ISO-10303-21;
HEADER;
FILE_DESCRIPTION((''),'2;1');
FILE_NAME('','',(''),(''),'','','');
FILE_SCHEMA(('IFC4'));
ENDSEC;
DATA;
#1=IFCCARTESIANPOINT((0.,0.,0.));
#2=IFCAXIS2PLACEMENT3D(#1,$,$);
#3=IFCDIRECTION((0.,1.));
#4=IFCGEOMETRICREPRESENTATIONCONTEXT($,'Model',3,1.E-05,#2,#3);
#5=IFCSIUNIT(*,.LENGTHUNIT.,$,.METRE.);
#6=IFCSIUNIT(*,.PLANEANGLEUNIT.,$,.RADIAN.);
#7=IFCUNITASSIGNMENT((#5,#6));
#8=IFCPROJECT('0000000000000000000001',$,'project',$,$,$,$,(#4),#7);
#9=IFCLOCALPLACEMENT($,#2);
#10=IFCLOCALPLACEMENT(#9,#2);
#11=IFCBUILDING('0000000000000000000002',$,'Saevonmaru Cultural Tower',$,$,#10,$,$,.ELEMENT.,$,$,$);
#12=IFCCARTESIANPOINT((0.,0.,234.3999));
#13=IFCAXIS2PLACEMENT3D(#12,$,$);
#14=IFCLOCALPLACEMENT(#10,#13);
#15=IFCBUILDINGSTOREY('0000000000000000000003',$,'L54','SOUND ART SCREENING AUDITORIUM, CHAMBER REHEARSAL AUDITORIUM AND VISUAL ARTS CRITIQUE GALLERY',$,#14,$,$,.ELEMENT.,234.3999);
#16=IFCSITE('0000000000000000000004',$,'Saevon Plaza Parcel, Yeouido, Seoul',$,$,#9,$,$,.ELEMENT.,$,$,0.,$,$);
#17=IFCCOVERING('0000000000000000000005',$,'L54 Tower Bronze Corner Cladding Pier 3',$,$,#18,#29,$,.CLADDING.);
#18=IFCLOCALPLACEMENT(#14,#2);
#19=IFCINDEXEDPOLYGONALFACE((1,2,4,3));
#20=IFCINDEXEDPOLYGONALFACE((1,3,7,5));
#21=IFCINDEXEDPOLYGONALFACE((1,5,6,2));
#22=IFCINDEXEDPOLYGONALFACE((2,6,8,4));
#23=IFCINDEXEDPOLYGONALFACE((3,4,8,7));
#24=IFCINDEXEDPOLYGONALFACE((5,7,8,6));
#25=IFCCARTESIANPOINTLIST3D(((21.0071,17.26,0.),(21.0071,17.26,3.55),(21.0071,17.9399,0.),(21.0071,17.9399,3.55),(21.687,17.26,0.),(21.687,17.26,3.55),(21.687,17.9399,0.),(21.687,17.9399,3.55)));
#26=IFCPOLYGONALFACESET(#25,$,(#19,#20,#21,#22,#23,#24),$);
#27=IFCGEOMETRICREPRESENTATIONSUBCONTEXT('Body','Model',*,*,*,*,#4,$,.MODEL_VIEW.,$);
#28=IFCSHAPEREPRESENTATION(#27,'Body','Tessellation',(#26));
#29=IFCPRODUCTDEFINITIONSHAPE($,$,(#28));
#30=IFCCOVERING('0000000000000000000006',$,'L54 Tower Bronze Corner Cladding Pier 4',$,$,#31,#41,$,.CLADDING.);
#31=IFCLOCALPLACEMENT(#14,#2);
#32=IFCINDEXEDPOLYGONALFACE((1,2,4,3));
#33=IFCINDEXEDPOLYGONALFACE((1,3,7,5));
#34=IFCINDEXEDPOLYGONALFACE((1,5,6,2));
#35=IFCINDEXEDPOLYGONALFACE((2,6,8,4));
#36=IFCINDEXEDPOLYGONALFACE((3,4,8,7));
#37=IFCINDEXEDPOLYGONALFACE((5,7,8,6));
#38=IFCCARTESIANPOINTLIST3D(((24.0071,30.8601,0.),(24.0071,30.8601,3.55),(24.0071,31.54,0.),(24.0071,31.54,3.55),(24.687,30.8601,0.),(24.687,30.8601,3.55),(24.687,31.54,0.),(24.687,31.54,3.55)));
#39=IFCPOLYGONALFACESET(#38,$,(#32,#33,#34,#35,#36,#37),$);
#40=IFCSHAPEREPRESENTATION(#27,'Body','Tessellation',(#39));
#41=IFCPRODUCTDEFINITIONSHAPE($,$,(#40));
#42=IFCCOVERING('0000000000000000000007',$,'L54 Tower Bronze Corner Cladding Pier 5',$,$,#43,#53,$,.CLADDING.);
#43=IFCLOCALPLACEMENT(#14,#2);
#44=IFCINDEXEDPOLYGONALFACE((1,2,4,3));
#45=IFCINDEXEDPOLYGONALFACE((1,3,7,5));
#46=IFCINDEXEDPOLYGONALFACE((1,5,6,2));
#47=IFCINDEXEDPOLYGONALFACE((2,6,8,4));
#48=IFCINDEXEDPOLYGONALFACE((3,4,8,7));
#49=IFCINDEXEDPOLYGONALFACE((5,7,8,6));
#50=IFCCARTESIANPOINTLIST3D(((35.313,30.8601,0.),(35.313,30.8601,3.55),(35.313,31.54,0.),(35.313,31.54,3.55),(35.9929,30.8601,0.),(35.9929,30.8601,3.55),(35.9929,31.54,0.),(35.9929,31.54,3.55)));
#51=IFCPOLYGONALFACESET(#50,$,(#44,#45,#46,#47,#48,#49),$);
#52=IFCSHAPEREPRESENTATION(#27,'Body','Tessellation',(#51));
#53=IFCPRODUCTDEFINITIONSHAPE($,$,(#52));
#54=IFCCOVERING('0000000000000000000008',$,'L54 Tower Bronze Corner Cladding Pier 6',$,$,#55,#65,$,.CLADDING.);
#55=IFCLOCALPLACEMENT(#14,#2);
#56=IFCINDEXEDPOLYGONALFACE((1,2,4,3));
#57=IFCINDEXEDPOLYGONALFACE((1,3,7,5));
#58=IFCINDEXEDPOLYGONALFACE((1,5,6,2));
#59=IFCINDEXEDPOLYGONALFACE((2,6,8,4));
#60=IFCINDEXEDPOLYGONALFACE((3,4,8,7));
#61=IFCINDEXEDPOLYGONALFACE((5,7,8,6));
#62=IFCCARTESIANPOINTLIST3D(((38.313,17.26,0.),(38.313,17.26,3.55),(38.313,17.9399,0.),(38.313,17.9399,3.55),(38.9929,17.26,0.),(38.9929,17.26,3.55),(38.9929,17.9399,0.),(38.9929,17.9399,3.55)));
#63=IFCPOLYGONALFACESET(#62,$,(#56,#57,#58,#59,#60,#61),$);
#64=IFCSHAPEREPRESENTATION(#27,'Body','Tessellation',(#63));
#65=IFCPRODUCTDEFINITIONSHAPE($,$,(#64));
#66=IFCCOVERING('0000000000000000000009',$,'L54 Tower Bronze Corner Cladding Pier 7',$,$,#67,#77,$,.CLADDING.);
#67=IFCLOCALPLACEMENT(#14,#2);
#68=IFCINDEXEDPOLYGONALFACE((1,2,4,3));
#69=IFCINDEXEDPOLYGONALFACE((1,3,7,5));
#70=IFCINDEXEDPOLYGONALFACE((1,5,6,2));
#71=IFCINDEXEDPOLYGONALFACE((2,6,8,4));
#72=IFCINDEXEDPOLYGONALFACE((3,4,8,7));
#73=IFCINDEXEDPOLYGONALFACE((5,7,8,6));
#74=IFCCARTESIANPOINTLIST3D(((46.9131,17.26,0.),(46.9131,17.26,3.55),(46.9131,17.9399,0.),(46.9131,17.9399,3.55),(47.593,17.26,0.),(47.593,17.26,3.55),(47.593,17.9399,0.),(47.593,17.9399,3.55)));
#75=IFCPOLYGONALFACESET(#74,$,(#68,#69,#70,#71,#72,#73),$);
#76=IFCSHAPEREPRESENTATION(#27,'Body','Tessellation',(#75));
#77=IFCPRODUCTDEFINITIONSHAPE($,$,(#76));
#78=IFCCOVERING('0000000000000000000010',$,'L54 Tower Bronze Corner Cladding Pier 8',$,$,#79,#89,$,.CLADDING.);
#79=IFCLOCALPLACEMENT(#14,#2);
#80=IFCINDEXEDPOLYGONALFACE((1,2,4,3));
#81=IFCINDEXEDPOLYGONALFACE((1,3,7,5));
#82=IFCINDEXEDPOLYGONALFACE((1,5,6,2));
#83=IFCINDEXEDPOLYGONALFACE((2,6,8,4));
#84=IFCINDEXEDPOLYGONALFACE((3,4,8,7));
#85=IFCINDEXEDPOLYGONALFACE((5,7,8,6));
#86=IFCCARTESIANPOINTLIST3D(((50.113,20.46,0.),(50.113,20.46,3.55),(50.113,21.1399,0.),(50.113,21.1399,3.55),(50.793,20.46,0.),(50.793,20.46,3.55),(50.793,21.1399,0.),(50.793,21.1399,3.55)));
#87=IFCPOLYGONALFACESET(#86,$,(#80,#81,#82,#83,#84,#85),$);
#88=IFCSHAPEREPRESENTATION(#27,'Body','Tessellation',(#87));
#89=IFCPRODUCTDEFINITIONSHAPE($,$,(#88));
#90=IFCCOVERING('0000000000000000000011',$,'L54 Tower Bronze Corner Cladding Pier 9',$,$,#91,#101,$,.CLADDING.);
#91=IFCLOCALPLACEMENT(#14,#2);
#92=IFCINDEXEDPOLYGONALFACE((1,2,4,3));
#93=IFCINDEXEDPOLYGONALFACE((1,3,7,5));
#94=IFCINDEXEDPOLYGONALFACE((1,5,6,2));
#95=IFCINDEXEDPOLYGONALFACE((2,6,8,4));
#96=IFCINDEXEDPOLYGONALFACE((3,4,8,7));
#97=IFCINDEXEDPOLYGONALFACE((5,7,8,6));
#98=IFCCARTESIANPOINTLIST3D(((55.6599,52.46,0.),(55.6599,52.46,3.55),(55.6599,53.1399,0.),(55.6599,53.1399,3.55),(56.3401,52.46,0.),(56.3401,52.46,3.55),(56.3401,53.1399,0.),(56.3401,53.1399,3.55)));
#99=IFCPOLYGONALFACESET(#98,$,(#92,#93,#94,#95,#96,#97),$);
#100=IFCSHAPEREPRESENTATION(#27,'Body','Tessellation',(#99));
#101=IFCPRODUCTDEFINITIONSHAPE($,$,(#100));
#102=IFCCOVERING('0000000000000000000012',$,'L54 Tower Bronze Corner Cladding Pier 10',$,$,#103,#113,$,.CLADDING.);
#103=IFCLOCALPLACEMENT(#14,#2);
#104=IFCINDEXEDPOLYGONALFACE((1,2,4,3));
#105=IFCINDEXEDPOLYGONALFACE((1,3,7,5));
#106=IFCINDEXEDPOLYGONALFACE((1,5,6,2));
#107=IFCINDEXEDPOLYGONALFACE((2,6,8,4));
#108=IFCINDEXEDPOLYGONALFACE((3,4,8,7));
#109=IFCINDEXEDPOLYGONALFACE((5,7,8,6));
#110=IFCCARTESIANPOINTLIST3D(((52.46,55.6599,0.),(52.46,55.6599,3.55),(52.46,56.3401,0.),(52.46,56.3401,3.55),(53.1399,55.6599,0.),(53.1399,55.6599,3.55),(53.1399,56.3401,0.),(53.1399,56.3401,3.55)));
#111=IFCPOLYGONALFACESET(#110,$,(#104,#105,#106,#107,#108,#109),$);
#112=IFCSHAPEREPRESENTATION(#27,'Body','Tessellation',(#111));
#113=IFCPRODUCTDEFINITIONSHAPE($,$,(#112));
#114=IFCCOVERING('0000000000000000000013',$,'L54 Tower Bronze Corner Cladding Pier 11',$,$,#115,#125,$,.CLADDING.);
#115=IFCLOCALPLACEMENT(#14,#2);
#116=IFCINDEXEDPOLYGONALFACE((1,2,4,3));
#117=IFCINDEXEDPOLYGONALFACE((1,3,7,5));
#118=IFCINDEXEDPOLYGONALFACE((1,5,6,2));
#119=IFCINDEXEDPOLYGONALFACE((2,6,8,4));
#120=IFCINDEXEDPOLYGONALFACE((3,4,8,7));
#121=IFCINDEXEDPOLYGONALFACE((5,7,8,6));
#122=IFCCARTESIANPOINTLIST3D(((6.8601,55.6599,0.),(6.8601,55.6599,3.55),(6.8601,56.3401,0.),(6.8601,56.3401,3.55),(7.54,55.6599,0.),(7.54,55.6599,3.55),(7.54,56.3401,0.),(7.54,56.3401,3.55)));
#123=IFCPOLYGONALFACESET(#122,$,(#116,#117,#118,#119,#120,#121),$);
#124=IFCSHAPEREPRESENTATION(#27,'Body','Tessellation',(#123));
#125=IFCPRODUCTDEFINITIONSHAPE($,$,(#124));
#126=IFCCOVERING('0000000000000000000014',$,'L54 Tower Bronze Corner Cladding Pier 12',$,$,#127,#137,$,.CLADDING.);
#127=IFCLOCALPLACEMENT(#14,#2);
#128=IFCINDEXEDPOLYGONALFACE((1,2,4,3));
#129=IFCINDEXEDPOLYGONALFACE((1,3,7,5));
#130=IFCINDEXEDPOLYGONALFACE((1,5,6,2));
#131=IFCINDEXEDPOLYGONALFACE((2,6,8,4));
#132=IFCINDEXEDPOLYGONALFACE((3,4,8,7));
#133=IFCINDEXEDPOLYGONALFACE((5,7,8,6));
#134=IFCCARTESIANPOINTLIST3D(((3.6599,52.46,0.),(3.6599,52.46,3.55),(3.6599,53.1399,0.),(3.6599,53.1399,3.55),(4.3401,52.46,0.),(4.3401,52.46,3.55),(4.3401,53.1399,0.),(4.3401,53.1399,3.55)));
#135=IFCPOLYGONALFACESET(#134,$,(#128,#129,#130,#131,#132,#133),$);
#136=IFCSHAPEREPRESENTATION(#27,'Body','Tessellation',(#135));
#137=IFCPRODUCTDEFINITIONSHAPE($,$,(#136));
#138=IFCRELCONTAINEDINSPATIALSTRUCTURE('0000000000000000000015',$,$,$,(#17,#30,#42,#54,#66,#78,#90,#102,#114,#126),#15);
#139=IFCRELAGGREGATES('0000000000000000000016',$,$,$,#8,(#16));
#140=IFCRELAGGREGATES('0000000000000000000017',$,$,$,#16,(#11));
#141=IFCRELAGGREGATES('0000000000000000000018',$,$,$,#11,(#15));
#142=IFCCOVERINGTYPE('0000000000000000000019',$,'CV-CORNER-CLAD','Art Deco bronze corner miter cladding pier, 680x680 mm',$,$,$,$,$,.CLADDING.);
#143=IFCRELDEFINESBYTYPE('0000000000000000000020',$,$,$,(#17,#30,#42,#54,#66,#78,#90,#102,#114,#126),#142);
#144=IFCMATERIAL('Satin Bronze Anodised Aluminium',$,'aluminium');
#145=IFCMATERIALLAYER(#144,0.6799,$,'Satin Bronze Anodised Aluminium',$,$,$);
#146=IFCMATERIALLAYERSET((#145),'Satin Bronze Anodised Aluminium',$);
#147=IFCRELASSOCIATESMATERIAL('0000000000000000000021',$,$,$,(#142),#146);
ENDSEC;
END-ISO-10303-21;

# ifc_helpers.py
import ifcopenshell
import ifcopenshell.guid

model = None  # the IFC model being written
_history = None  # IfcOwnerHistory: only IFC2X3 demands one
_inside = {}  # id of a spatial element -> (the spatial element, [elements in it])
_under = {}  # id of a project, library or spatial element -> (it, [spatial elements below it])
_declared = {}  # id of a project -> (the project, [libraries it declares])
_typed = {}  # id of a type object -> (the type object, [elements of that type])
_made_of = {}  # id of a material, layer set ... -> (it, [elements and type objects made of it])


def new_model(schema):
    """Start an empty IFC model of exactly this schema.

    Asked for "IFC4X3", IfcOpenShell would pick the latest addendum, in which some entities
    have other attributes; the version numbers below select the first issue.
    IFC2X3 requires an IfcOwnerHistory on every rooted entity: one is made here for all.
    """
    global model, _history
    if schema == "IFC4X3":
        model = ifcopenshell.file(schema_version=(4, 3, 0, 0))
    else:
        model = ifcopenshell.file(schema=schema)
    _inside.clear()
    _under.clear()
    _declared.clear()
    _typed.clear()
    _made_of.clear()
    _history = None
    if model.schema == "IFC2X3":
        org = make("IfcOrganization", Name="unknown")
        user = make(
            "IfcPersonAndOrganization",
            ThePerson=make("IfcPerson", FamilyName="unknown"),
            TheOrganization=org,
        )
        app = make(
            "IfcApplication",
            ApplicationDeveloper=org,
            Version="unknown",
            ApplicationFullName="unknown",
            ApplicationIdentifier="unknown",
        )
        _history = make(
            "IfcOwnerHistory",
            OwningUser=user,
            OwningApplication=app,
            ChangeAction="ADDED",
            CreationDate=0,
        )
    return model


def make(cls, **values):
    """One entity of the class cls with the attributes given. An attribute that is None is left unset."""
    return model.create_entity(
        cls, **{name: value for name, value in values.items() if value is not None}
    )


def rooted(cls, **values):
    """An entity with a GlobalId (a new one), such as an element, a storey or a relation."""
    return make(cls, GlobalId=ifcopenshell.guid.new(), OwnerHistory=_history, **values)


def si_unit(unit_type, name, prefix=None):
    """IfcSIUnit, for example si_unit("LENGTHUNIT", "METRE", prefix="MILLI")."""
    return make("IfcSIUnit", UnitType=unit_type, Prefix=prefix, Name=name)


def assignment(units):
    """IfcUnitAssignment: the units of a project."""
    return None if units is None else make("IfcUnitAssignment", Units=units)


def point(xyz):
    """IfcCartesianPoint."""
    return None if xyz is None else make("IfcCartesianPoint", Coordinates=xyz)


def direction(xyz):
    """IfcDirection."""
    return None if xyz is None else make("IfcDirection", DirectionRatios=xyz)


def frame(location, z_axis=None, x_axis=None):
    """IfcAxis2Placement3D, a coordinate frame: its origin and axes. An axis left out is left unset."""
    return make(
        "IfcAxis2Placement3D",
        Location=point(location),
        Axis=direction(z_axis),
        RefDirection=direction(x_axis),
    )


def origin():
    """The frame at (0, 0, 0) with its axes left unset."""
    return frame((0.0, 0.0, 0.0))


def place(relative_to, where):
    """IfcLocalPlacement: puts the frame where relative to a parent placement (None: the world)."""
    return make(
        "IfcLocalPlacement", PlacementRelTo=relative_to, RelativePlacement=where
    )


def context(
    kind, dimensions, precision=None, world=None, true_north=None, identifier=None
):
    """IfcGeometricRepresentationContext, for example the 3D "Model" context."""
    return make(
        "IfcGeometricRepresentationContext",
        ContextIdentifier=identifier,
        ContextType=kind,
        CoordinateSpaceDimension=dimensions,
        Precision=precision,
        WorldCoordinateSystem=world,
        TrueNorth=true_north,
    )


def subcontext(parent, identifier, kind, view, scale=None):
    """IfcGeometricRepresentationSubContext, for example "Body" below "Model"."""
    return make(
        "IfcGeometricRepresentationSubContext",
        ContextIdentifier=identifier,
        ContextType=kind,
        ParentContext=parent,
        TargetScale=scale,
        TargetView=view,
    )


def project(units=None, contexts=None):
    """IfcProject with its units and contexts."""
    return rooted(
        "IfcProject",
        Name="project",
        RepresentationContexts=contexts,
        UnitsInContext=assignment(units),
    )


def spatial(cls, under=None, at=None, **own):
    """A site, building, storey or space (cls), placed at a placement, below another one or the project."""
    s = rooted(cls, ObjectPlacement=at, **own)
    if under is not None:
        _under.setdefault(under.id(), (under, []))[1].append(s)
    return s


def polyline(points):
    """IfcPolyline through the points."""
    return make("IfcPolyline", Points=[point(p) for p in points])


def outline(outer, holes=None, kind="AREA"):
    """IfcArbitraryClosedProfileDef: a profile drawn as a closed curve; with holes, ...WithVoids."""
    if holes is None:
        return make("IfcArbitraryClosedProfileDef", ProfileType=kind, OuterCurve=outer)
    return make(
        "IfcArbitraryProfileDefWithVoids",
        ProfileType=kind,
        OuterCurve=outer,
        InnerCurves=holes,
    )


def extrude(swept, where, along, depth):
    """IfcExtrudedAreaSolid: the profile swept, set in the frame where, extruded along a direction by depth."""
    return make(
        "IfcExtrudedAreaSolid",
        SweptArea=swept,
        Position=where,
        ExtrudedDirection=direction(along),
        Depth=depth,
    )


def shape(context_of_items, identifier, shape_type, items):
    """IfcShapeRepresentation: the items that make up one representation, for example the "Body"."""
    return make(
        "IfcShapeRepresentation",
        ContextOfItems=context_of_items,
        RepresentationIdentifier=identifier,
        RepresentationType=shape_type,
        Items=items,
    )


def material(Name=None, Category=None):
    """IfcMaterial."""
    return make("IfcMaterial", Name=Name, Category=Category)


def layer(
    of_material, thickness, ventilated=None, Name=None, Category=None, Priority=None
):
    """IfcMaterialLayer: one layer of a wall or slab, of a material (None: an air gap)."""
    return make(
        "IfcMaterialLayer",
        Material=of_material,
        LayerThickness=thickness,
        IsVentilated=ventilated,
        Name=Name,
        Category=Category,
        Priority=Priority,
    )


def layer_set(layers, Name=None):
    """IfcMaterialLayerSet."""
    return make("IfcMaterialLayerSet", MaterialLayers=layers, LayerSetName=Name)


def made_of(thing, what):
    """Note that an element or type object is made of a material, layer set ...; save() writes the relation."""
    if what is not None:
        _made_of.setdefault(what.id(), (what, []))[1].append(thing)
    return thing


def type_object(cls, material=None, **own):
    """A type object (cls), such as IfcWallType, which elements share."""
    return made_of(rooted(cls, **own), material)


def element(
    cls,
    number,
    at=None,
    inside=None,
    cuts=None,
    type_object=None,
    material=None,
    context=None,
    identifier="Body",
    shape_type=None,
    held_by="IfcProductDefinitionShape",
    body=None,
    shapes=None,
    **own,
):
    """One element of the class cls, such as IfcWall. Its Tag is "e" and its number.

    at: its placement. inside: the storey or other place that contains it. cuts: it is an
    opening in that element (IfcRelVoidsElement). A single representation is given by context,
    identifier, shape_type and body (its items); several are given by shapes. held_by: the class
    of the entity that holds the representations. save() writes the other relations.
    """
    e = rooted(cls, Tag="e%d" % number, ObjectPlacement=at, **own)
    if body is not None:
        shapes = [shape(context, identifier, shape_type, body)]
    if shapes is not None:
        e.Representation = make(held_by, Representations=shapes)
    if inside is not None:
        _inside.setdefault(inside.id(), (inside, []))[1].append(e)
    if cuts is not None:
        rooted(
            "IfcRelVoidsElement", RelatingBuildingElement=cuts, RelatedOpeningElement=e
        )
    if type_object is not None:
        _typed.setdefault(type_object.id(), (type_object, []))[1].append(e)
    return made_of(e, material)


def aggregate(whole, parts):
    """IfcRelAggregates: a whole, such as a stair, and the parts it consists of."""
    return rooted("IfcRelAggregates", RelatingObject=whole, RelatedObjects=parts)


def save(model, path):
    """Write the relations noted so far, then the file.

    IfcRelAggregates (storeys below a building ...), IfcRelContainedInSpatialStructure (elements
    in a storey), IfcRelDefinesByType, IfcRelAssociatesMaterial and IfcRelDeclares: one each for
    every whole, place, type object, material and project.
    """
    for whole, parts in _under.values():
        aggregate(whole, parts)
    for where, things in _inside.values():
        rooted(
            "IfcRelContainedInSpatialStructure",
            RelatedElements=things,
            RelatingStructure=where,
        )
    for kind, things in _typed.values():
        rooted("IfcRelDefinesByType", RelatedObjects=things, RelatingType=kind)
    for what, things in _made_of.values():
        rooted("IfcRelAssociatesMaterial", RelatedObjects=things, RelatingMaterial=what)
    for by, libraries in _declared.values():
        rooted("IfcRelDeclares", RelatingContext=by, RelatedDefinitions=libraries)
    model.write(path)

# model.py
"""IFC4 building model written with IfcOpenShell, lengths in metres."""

from ifc_helpers import new_model, si_unit, direction, frame, origin, place, context, subcontext, project, spatial, polyline, outline, extrude, material, layer, layer_set, type_object, element, save


model = new_model("IFC4")

# Units and contexts
model_context = context("Model", 3, precision=1e-05, world=origin(), true_north=direction((0.0, 1.0)))
body_context = subcontext(model_context, "Body", "Model", "MODEL_VIEW")
ifc_project = project(units=[si_unit("LENGTHUNIT", "METRE"), si_unit("PLANEANGLEUNIT", "RADIAN")], contexts=[model_context])

# Site, building, storey
site_placement = place(None, origin())
site = spatial("IfcSite", under=ifc_project, at=site_placement, Name="Saevon Plaza Parcel, Yeouido, Seoul", CompositionType="ELEMENT", RefElevation=0.0)
building_placement = place(site_placement, origin())
building = spatial("IfcBuilding", under=site, at=building_placement, Name="Saevonmaru Cultural Tower", CompositionType="ELEMENT")
storey_placement = place(building_placement, frame((0.0, 0.0, 234.3999)))
storey = spatial("IfcBuildingStorey", under=building, at=storey_placement, Name="L54", Description="SOUND ART SCREENING AUDITORIUM, CHAMBER REHEARSAL AUDITORIUM AND VISUAL ARTS CRITIQUE GALLERY", CompositionType="ELEMENT", Elevation=234.3999)

# Shared definitions
ifc_material_1 = material(Name="Satin Bronze Anodised Aluminium", Category="aluminium")

# Coverings
ifc_layer_1 = layer(ifc_material_1, 0.6799, Name="Satin Bronze Anodised Aluminium")
ifc_layer_set_1 = layer_set([ifc_layer_1], Name="Satin Bronze Anodised Aluminium")
covering_type = type_object("IfcCoveringType", Name="CV-CORNER-CLAD", Description="Art Deco bronze corner miter cladding pier, 680x680 mm", PredefinedType="CLADDING", material=ifc_layer_set_1)
covering_1_placement = place(storey_placement, origin())
element("IfcCovering", 1, at=covering_1_placement, inside=storey, type_object=covering_type, Name="L54 Tower Bronze Corner Cladding Pier 3", PredefinedType="CLADDING", context=body_context, shape_type="SweptSolid", body=[
    extrude(outline(polyline([(21.0071, 17.26), (21.687, 17.26), (21.687, 17.9399), (21.0071, 17.9399), (21.0071, 17.26)])), origin(), (0.0, 0.0, 1.0), 3.55),
])
covering_2_placement = place(storey_placement, origin())
element("IfcCovering", 2, at=covering_2_placement, inside=storey, type_object=covering_type, Name="L54 Tower Bronze Corner Cladding Pier 4", PredefinedType="CLADDING", context=body_context, shape_type="SweptSolid", body=[
    extrude(outline(polyline([(24.0071, 30.8601), (24.687, 30.8601), (24.687, 31.54), (24.0071, 31.54), (24.0071, 30.8601)])), origin(), (0.0, 0.0, 1.0), 3.55),
])
covering_3_placement = place(storey_placement, origin())
element("IfcCovering", 3, at=covering_3_placement, inside=storey, type_object=covering_type, Name="L54 Tower Bronze Corner Cladding Pier 5", PredefinedType="CLADDING", context=body_context, shape_type="SweptSolid", body=[
    extrude(outline(polyline([(35.313, 30.8601), (35.9929, 30.8601), (35.9929, 31.54), (35.313, 31.54), (35.313, 30.8601)])), origin(), (0.0, 0.0, 1.0), 3.55),
])
covering_4_placement = place(storey_placement, origin())
element("IfcCovering", 4, at=covering_4_placement, inside=storey, type_object=covering_type, Name="L54 Tower Bronze Corner Cladding Pier 6", PredefinedType="CLADDING", context=body_context, shape_type="SweptSolid", body=[
    extrude(outline(polyline([(38.313, 17.26), (38.9929, 17.26), (38.9929, 17.9399), (38.313, 17.9399), (38.313, 17.26)])), origin(), (0.0, 0.0, 1.0), 3.55),
])
covering_5_placement = place(storey_placement, origin())
element("IfcCovering", 5, at=covering_5_placement, inside=storey, type_object=covering_type, Name="L54 Tower Bronze Corner Cladding Pier 7", PredefinedType="CLADDING", context=body_context, shape_type="SweptSolid", body=[
    extrude(outline(polyline([(46.9131, 17.26), (47.593, 17.26), (47.593, 17.9399), (46.9131, 17.9399), (46.9131, 17.26)])), origin(), (0.0, 0.0, 1.0), 3.55),
])
covering_6_placement = place(storey_placement, origin())
element("IfcCovering", 6, at=covering_6_placement, inside=storey, type_object=covering_type, Name="L54 Tower Bronze Corner Cladding Pier 8", PredefinedType="CLADDING", context=body_context, shape_type="SweptSolid", body=[
    extrude(outline(polyline([(50.113, 20.46), (50.793, 20.46), (50.793, 21.1399), (50.113, 21.1399), (50.113, 20.46)])), origin(), (0.0, 0.0, 1.0), 3.55),
])
covering_7_placement = place(storey_placement, origin())
element("IfcCovering", 7, at=covering_7_placement, inside=storey, type_object=covering_type, Name="L54 Tower Bronze Corner Cladding Pier 9", PredefinedType="CLADDING", context=body_context, shape_type="SweptSolid", body=[
    extrude(outline(polyline([(55.6599, 52.46), (56.3401, 52.46), (56.3401, 53.1399), (55.6599, 53.1399), (55.6599, 52.46)])), origin(), (0.0, 0.0, 1.0), 3.55),
])
covering_8_placement = place(storey_placement, origin())
element("IfcCovering", 8, at=covering_8_placement, inside=storey, type_object=covering_type, Name="L54 Tower Bronze Corner Cladding Pier 10", PredefinedType="CLADDING", context=body_context, shape_type="SweptSolid", body=[
    extrude(outline(polyline([(52.46, 55.6599), (53.1399, 55.6599), (53.1399, 56.3401), (52.46, 56.3401), (52.46, 55.6599)])), origin(), (0.0, 0.0, 1.0), 3.55),
])
covering_9_placement = place(storey_placement, origin())
element("IfcCovering", 9, at=covering_9_placement, inside=storey, type_object=covering_type, Name="L54 Tower Bronze Corner Cladding Pier 11", PredefinedType="CLADDING", context=body_context, shape_type="SweptSolid", body=[
    extrude(outline(polyline([(6.8601, 55.6599), (7.54, 55.6599), (7.54, 56.3401), (6.8601, 56.3401), (6.8601, 55.6599)])), origin(), (0.0, 0.0, 1.0), 3.55),
])
covering_10_placement = place(storey_placement, origin())
element("IfcCovering", 10, at=covering_10_placement, inside=storey, type_object=covering_type, Name="L54 Tower Bronze Corner Cladding Pier 12", PredefinedType="CLADDING", context=body_context, shape_type="SweptSolid", body=[
    extrude(outline(polyline([(3.6599, 52.46), (4.3401, 52.46), (4.3401, 53.1399), (3.6599, 53.1399), (3.6599, 52.46)])), origin(), (0.0, 0.0, 1.0), 3.55),
])

save(model, "model.ifc")
